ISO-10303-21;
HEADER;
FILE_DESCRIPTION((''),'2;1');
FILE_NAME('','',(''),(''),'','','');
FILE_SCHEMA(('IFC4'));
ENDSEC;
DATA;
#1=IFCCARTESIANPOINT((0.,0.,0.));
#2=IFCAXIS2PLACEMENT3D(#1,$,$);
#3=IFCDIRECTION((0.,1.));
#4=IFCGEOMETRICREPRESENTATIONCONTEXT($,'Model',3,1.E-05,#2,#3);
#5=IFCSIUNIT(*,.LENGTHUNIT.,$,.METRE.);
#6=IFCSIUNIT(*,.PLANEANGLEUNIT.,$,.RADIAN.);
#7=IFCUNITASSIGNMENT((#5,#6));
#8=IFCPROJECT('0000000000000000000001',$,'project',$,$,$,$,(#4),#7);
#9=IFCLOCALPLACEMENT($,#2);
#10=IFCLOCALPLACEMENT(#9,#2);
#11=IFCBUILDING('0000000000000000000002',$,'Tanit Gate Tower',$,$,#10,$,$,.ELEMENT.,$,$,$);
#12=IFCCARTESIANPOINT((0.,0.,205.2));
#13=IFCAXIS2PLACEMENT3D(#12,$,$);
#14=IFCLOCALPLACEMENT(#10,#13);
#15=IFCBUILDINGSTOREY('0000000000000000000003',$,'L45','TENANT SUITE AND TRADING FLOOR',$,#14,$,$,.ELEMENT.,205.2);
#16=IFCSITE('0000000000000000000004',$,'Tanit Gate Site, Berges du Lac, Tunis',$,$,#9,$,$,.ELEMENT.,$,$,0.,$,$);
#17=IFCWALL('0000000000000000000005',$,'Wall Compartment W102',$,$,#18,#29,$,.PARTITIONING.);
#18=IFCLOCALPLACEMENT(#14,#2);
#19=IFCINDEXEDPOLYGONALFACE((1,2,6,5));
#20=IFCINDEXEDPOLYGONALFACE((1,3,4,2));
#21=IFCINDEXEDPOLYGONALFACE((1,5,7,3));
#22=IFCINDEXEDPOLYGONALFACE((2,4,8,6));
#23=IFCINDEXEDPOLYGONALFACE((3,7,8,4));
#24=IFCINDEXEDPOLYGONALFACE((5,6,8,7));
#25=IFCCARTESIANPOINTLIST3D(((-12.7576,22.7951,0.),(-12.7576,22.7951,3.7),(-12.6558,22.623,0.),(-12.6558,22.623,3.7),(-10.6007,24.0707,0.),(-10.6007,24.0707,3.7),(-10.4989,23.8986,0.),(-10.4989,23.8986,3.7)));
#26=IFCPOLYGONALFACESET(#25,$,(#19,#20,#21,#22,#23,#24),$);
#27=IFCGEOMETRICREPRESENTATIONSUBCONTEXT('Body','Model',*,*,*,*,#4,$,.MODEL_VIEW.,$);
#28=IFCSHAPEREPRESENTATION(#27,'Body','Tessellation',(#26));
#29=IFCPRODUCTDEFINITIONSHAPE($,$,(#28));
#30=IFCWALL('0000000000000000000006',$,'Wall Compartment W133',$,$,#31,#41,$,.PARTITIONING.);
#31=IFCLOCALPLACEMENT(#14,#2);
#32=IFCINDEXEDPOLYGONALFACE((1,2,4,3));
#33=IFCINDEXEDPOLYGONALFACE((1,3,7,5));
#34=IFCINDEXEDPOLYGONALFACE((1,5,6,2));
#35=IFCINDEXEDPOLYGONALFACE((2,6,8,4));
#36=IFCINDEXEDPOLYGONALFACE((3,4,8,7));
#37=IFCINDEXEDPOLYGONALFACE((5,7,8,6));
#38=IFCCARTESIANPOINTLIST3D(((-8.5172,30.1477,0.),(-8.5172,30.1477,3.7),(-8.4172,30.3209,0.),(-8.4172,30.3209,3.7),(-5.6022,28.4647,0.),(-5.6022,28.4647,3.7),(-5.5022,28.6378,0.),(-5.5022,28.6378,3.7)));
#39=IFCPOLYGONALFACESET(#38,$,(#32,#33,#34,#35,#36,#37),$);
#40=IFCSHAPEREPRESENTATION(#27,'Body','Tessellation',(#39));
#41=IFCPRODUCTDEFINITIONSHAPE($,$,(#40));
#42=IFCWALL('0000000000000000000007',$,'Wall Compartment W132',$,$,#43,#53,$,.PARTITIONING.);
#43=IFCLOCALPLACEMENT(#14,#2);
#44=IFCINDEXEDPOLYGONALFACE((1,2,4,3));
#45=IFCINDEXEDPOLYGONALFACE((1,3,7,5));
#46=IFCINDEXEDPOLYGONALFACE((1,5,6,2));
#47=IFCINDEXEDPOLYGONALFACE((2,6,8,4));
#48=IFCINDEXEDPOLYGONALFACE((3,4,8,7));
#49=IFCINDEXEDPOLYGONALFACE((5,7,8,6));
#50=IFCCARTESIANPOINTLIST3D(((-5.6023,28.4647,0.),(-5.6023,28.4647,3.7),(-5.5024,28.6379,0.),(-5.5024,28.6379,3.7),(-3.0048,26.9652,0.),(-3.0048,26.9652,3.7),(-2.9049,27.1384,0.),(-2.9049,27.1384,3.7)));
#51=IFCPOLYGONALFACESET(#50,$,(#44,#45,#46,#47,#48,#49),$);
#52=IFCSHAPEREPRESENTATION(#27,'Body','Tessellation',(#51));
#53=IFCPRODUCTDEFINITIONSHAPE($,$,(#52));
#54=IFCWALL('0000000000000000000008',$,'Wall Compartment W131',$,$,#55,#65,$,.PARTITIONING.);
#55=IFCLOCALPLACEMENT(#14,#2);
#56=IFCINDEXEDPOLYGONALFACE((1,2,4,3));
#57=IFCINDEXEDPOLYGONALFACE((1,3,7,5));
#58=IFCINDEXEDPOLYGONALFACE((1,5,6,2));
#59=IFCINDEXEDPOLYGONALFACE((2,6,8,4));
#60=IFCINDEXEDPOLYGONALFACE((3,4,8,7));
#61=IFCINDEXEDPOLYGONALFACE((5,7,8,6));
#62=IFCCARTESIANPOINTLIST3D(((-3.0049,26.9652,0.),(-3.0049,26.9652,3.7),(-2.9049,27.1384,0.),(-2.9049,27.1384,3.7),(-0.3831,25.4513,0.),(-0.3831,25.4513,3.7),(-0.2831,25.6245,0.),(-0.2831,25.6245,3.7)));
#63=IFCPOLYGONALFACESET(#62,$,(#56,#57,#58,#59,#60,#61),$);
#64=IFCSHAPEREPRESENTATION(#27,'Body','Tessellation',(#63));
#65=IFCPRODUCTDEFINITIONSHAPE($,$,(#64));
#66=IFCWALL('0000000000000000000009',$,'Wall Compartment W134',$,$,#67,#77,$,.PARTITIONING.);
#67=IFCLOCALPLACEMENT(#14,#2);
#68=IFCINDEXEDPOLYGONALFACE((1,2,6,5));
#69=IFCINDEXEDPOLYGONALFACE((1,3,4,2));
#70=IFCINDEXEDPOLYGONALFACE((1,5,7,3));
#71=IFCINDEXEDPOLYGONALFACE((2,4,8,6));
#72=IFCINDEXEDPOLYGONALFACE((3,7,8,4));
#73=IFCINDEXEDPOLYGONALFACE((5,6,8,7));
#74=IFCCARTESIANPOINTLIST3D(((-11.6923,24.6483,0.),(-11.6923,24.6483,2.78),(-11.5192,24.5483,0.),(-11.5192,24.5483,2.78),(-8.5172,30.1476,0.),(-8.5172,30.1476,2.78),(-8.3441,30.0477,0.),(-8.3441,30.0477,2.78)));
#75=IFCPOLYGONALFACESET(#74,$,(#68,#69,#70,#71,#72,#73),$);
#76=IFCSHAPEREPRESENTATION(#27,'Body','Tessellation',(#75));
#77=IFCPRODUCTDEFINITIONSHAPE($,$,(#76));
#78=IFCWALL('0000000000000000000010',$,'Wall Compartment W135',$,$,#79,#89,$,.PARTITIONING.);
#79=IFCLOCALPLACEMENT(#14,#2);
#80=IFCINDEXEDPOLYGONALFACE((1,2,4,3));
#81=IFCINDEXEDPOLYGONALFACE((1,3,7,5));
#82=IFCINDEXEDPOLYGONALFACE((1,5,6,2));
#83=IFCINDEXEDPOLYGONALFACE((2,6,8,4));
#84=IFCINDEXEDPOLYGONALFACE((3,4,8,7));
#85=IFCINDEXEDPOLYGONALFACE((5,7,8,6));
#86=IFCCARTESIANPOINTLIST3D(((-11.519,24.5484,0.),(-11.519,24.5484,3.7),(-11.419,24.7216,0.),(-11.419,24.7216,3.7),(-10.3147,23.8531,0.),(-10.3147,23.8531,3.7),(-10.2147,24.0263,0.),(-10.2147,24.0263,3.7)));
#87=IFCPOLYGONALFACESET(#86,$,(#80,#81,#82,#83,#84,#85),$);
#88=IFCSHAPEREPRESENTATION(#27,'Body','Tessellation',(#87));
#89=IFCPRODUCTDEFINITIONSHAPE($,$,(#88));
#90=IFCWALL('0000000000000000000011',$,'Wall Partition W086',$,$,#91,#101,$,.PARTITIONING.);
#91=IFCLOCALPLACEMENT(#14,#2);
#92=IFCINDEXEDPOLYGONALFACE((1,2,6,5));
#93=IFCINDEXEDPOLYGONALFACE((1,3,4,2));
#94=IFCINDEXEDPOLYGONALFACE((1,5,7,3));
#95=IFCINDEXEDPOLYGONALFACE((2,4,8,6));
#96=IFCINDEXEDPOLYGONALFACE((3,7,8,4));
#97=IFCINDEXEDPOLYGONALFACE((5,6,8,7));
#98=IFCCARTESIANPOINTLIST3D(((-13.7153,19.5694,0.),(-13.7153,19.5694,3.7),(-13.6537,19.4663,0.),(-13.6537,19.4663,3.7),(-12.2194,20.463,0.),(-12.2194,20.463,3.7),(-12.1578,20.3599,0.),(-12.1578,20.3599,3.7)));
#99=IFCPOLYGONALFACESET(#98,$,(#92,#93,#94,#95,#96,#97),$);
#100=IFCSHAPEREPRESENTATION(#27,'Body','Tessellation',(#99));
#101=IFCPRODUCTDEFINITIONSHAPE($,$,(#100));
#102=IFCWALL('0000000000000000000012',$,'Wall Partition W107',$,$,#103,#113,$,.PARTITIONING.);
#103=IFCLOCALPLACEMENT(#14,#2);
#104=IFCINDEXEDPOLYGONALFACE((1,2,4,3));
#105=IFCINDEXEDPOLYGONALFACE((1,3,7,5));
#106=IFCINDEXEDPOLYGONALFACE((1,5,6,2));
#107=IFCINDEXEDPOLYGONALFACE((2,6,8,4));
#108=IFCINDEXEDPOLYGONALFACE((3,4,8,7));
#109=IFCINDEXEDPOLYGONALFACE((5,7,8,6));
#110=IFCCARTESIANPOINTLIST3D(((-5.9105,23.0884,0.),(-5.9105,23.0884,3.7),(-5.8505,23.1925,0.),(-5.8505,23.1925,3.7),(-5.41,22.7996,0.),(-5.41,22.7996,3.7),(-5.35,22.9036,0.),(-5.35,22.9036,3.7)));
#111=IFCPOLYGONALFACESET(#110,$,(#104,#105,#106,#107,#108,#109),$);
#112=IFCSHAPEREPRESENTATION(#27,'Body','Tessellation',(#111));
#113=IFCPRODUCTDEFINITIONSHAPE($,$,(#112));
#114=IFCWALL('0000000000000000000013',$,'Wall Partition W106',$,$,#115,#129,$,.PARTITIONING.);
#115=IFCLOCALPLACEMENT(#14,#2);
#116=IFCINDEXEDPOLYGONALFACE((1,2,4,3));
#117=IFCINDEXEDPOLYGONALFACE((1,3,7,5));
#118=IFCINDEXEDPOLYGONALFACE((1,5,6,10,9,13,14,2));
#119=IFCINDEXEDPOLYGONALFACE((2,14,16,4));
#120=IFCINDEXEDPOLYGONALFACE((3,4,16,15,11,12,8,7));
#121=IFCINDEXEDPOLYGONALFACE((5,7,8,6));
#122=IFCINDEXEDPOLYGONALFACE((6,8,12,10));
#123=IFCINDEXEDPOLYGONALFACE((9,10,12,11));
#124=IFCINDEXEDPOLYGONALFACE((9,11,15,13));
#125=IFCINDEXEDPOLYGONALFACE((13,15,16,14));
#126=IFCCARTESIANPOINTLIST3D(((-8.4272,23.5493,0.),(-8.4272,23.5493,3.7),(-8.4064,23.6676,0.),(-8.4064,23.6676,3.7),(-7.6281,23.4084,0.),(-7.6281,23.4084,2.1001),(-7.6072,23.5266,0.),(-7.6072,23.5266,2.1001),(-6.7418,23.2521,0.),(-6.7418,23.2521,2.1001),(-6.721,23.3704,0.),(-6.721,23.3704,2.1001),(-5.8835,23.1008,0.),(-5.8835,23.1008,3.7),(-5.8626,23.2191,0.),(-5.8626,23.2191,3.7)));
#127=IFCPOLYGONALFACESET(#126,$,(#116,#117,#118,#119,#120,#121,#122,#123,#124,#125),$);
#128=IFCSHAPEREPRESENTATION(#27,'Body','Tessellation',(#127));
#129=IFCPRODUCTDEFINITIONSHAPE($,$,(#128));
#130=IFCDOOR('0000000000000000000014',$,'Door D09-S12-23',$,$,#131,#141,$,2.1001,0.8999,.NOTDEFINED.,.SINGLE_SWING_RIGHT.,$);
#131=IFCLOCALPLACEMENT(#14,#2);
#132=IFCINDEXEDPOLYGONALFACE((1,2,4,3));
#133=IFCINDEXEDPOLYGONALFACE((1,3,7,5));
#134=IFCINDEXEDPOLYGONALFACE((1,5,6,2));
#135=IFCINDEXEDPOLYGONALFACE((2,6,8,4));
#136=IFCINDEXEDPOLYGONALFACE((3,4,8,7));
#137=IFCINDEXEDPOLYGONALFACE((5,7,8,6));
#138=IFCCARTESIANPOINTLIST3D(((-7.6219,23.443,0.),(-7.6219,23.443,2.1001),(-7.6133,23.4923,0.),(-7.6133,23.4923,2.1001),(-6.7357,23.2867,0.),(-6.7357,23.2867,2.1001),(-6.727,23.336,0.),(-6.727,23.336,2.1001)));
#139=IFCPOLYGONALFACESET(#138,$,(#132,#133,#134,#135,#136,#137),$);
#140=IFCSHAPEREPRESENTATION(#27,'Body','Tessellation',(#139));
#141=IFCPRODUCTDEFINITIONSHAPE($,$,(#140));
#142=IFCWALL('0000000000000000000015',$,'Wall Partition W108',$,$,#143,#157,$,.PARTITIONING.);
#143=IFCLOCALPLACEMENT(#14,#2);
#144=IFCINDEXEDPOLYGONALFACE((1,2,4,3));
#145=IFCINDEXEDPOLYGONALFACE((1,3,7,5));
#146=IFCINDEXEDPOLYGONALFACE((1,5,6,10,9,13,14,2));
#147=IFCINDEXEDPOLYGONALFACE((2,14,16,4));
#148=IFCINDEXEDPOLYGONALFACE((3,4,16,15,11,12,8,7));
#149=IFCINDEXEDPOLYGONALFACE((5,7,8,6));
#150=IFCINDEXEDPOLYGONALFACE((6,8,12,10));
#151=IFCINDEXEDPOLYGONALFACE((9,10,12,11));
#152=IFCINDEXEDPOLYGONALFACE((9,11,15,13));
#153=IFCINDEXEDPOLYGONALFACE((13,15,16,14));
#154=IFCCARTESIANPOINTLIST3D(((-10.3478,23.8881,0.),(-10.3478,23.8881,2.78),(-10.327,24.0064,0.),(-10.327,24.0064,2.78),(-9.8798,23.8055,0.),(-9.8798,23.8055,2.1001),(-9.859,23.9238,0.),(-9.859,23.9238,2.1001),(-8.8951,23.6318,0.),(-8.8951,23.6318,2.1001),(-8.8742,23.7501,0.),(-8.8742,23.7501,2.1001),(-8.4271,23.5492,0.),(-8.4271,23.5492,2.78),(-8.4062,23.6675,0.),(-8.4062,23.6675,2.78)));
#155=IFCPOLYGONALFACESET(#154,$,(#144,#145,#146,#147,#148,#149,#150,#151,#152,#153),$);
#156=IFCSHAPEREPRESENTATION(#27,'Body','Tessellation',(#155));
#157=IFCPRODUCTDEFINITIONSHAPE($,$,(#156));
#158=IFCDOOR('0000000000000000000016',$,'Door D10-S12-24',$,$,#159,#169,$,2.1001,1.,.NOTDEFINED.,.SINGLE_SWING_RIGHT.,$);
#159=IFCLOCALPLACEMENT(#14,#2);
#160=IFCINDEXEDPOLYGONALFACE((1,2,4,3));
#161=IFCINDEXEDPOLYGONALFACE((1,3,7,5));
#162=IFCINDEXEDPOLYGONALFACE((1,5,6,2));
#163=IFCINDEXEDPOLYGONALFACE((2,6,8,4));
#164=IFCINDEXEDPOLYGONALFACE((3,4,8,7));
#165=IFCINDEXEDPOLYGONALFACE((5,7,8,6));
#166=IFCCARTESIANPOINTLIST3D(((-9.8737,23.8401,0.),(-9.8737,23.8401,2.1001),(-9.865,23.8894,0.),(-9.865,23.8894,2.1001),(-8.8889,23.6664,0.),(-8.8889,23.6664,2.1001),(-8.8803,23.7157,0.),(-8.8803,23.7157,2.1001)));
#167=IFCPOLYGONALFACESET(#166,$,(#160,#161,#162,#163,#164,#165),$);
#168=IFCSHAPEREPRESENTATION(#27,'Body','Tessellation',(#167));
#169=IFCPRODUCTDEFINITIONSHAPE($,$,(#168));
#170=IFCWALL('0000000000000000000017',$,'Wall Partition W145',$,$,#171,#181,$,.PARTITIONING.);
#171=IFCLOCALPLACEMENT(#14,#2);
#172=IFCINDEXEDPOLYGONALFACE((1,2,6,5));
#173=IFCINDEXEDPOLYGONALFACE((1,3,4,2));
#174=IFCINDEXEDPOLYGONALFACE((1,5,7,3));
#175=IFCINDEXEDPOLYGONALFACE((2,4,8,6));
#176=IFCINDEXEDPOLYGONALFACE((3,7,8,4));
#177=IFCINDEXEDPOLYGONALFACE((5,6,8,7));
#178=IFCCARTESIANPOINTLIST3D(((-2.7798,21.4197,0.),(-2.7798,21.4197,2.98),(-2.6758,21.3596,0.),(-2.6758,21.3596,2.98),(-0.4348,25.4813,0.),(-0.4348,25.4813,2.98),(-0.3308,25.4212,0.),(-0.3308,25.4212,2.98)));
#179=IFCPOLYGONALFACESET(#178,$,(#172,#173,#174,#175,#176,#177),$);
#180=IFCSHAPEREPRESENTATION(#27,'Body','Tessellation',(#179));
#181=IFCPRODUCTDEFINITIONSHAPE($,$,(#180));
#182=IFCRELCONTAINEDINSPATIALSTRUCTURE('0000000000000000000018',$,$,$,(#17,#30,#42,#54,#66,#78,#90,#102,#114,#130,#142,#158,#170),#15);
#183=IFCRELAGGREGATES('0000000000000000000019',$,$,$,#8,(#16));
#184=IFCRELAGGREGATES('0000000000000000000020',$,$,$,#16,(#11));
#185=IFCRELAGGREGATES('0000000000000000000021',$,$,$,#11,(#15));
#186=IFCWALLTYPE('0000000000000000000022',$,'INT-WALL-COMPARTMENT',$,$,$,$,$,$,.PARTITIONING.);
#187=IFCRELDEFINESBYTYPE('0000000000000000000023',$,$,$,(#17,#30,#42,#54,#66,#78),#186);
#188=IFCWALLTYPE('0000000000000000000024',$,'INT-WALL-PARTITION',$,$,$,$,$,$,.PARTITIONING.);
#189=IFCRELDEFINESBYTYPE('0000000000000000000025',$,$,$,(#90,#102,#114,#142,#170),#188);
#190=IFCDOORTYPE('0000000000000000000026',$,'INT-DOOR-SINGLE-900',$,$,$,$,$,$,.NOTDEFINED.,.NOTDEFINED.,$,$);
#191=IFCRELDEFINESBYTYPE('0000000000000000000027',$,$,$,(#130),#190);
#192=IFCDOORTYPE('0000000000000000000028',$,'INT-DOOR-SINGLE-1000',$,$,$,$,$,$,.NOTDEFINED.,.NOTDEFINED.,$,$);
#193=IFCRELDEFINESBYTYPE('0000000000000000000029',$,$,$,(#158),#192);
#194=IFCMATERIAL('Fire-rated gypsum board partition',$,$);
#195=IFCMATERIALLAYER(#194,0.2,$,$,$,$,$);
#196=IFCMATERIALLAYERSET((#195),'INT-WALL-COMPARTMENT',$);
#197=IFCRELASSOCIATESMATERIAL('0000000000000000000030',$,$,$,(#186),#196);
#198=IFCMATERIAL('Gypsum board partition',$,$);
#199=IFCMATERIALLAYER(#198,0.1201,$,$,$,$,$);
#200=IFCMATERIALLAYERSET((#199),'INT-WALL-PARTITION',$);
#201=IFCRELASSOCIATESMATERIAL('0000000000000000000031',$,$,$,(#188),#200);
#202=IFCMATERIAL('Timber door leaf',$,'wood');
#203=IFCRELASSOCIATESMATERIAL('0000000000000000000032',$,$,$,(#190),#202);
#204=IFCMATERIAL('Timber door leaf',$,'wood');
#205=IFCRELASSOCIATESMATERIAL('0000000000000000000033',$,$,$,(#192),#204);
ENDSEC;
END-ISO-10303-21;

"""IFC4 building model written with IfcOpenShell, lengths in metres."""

from ifc_helpers import new_model, si_unit, direction, frame, frame_2d, origin, place, context, subcontext, project, spatial, rectangle, extrude, material, layer, layer_set, type_object, element, fill, save


model = new_model("IFC4")

# Units and contexts
model_context = context("Model", 3, precision=1e-05, world=origin(), true_north=direction((0.0, 1.0)))
body_context = subcontext(model_context, "Body", "Model", "MODEL_VIEW")
ifc_project = project(units=[si_unit("LENGTHUNIT", "METRE"), si_unit("PLANEANGLEUNIT", "RADIAN")], contexts=[model_context])

# Site, building, storey
site_placement = place(None, origin())
site = spatial("IfcSite", under=ifc_project, at=site_placement, Name="Tanit Gate Site, Berges du Lac, Tunis", CompositionType="ELEMENT", RefElevation=0.0)
building_placement = place(site_placement, origin())
building = spatial("IfcBuilding", under=site, at=building_placement, Name="Tanit Gate Tower", CompositionType="ELEMENT")
storey_placement = place(building_placement, frame((0.0, 0.0, 205.2)))
storey = spatial("IfcBuildingStorey", under=building, at=storey_placement, Name="L45", Description="TENANT SUITE AND TRADING FLOOR", CompositionType="ELEMENT", Elevation=205.2)

# Walls
ifc_material_1 = material(Name="Fire-rated gypsum board partition")
ifc_layer_1 = layer(ifc_material_1, 0.2)
ifc_layer_set_1 = layer_set([ifc_layer_1], Name="INT-WALL-COMPARTMENT")
wall_type_1 = type_object("IfcWallType", Name="INT-WALL-COMPARTMENT", PredefinedType="PARTITIONING", material=ifc_layer_set_1)
wall_1_placement = place(storey_placement, frame((-10.5498, 23.9846, 0.0), z_axis=(0.0, 0.0, 1.0), x_axis=(-0.860742, -0.509041, 0.0)))
element("IfcWall", 1, at=wall_1_placement, inside=storey, type_object=wall_type_1, Name="Wall Compartment W102", PredefinedType="PARTITIONING", context=body_context, shape_type="SweptSolid", body=[
    extrude(rectangle(XDim=2.5059, YDim=0.2, at=frame_2d((1.2529, 0.0))), origin(), (0.0, 0.0, 1.0), 3.7),
])
wall_2_placement = place(storey_placement, frame((-8.4673, 30.2344, 0.0), z_axis=(0.0, 0.0, 1.0), x_axis=(0.866012, -0.500024, 0.0)))
element("IfcWall", 2, at=wall_2_placement, inside=storey, type_object=wall_type_1, Name="Wall Compartment W133", PredefinedType="PARTITIONING", context=body_context, shape_type="SweptSolid", body=[
    extrude(rectangle(XDim=3.366, YDim=0.2, at=frame_2d((1.6831, 0.0))), origin(), (0.0, 0.0, 1.0), 3.7),
])
wall_3_placement = place(storey_placement, frame((-5.5522, 28.5513, 0.0), z_axis=(0.0, 0.0, 1.0), x_axis=(0.866041, -0.499974, 0.0)))
element("IfcWall", 3, at=wall_3_placement, inside=storey, type_object=wall_type_1, Name="Wall Compartment W132", PredefinedType="PARTITIONING", context=body_context, shape_type="SweptSolid", body=[
    extrude(rectangle(XDim=2.9993, YDim=0.2, at=frame_2d((1.4995, 0.0))), origin(), (0.0, 0.0, 1.0), 3.7),
])
wall_4_placement = place(storey_placement, frame((-2.9548, 27.0518, 0.0), z_axis=(0.0, 0.0, 1.0), x_axis=(0.865996, -0.500051, 0.0)))
element("IfcWall", 4, at=wall_4_placement, inside=storey, type_object=wall_type_1, Name="Wall Compartment W131", PredefinedType="PARTITIONING", context=body_context, shape_type="SweptSolid", body=[
    extrude(rectangle(XDim=3.0276, YDim=0.2, at=frame_2d((1.5137, 0.0))), origin(), (0.0, 0.0, 1.0), 3.7),
])
wall_5_placement = place(storey_placement, frame((-8.4307, 30.0977, 0.0), z_axis=(0.0, 0.0, 1.0), x_axis=(-0.500005, -0.866022, 0.0)))
element("IfcWall", 5, at=wall_5_placement, inside=storey, type_object=wall_type_1, Name="Wall Compartment W134", PredefinedType="PARTITIONING", context=body_context, shape_type="SweptSolid", body=[
    extrude(rectangle(XDim=6.3501, YDim=0.2, at=frame_2d((3.175, 0.0))), origin(), (0.0, 0.0, 1.0), 2.78),
])
wall_6_placement = place(storey_placement, frame((-11.469, 24.635, 0.0), z_axis=(0.0, 0.0, 1.0), x_axis=(0.866031, -0.499991, 0.0)))
element("IfcWall", 6, at=wall_6_placement, inside=storey, type_object=wall_type_1, Name="Wall Compartment W135", PredefinedType="PARTITIONING", context=body_context, shape_type="SweptSolid", body=[
    extrude(rectangle(XDim=1.3906, YDim=0.2, at=frame_2d((0.6953, 0.0))), origin(), (0.0, 0.0, 1.0), 3.7),
])
ifc_material_2 = material(Name="Gypsum board partition")
ifc_layer_2 = layer(ifc_material_2, 0.1201)
ifc_layer_set_2 = layer_set([ifc_layer_2], Name="INT-WALL-PARTITION")
wall_type_2 = type_object("IfcWallType", Name="INT-WALL-PARTITION", PredefinedType="PARTITIONING", material=ifc_layer_set_2)
wall_7_placement = place(storey_placement, frame((-12.1887, 20.4114, 0.0), z_axis=(0.0, 0.0, 1.0), x_axis=(-0.858493, -0.512826, 0.0)))
element("IfcWall", 7, at=wall_7_placement, inside=storey, type_object=wall_type_2, Name="Wall Partition W086", PredefinedType="PARTITIONING", context=body_context, shape_type="SweptSolid", body=[
    extrude(rectangle(XDim=1.7424, YDim=0.1201, at=frame_2d((0.8711, 0.0))), origin(), (0.0, 0.0, 1.0), 3.7),
])
wall_8_placement = place(storey_placement, frame((-5.3799, 22.8516, 0.0), z_axis=(0.0, 0.0, 1.0), x_axis=(-0.866129, 0.49982, 0.0)))
element("IfcWall", 8, at=wall_8_placement, inside=storey, type_object=wall_type_2, Name="Wall Partition W107", PredefinedType="PARTITIONING", context=body_context, shape_type="SweptSolid", body=[
    extrude(rectangle(XDim=0.5779, YDim=0.1201, at=frame_2d((0.2891, 0.0))), origin(), (0.0, 0.0, 1.0), 3.7),
])

# Walls, openings, doors
wall_9_placement = place(storey_placement, frame((-5.873, 23.1599, 0.0), z_axis=(0.0, 0.0, 1.0), x_axis=(-0.98481, 0.173634, 0.0)))
wall_9 = element("IfcWall", 9, at=wall_9_placement, inside=storey, type_object=wall_type_2, Name="Wall Partition W106", PredefinedType="PARTITIONING", context=body_context, shape_type="SweptSolid", body=[
    extrude(rectangle(XDim=2.583, YDim=0.1201, at=frame_2d((1.2915, 0.0))), origin(), (0.0, 0.0, 1.0), 3.7),
])
opening_1_placement = place(wall_9_placement, frame((0.8716, 0.0, 0.0)))
opening_1 = element("IfcOpeningElement", 10, at=opening_1_placement, cuts=wall_9, PredefinedType="OPENING", context=body_context, shape_type="SweptSolid", body=[
    extrude(rectangle(XDim=0.8999, YDim=2.1001, at=frame_2d((0.45, 1.05))), frame((0.0, 0.0701, 0.0), z_axis=(0.0, -1.0, 0.0), x_axis=(1.0, 0.0, 0.0)), (0.0, 0.0, 1.0), 0.1401),
])
ifc_material_3 = material(Name="Timber door leaf", Category="wood")
door_type_1 = type_object("IfcDoorType", Name="INT-DOOR-SINGLE-900", OperationType="NOTDEFINED", PredefinedType="NOTDEFINED", material=ifc_material_3)
door_1_placement = place(opening_1_placement, origin())
door_1 = element("IfcDoor", 11, at=door_1_placement, inside=storey, type_object=door_type_1, Name="Door D09-S12-23", OperationType="SINGLE_SWING_RIGHT", OverallHeight=2.1001, OverallWidth=0.8999, PredefinedType="NOTDEFINED", context=body_context, shape_type="SweptSolid", body=[
    extrude(rectangle(XDim=0.8999, YDim=2.1001, at=frame_2d((0.45, 1.05))), frame((0.0, 0.0249, 0.0), z_axis=(0.0, -1.0, 0.0), x_axis=(1.0, 0.0, 0.0)), (0.0, 0.0, 1.0), 0.05),
])
fill(opening_1, door_1)
wall_10_placement = place(storey_placement, frame((-8.4167, 23.6084, 0.0), z_axis=(0.0, 0.0, 1.0), x_axis=(-0.984794, 0.173728, 0.0)))
wall_10 = element("IfcWall", 12, at=wall_10_placement, inside=storey, type_object=wall_type_2, Name="Wall Partition W108", PredefinedType="PARTITIONING", context=body_context, shape_type="SweptSolid", body=[
    extrude(rectangle(XDim=1.9504, YDim=0.1201, at=frame_2d((0.9751, 0.0))), origin(), (0.0, 0.0, 1.0), 2.78),
])
opening_2_placement = place(wall_10_placement, frame((0.4751, 0.0, 0.0)))
opening_2 = element("IfcOpeningElement", 13, at=opening_2_placement, cuts=wall_10, PredefinedType="OPENING", context=body_context, shape_type="SweptSolid", body=[
    extrude(rectangle(XDim=1.0, YDim=2.1001, at=frame_2d((0.5, 1.05))), frame((0.0, 0.0701, 0.0), z_axis=(0.0, -1.0, 0.0), x_axis=(1.0, 0.0, 0.0)), (0.0, 0.0, 1.0), 0.1401),
])
ifc_material_4 = material(Name="Timber door leaf", Category="wood")
door_type_2 = type_object("IfcDoorType", Name="INT-DOOR-SINGLE-1000", OperationType="NOTDEFINED", PredefinedType="NOTDEFINED", material=ifc_material_4)
door_2_placement = place(opening_2_placement, origin())
door_2 = element("IfcDoor", 14, at=door_2_placement, inside=storey, type_object=door_type_2, Name="Door D10-S12-24", OperationType="SINGLE_SWING_RIGHT", OverallHeight=2.1001, OverallWidth=1.0, PredefinedType="NOTDEFINED", context=body_context, shape_type="SweptSolid", body=[
    extrude(rectangle(XDim=1.0, YDim=2.1001, at=frame_2d((0.5, 1.05))), frame((0.0, 0.0249, 0.0), z_axis=(0.0, -1.0, 0.0), x_axis=(1.0, 0.0, 0.0)), (0.0, 0.0, 1.0), 0.05),
])
fill(opening_2, door_2)

# Wall
wall_11_placement = place(storey_placement, frame((-2.7278, 21.3896, 0.0), z_axis=(0.0, 0.0, 1.0), x_axis=(0.500008, 0.866021, 0.0)))
element("IfcWall", 15, at=wall_11_placement, inside=storey, type_object=wall_type_2, Name="Wall Partition W145", PredefinedType="PARTITIONING", context=body_context, shape_type="SweptSolid", body=[
    extrude(rectangle(XDim=4.6899, YDim=0.1201, at=frame_2d((2.345, 0.0))), origin(), (0.0, 0.0, 1.0), 2.98),
])

save(model, "model.ifc")
